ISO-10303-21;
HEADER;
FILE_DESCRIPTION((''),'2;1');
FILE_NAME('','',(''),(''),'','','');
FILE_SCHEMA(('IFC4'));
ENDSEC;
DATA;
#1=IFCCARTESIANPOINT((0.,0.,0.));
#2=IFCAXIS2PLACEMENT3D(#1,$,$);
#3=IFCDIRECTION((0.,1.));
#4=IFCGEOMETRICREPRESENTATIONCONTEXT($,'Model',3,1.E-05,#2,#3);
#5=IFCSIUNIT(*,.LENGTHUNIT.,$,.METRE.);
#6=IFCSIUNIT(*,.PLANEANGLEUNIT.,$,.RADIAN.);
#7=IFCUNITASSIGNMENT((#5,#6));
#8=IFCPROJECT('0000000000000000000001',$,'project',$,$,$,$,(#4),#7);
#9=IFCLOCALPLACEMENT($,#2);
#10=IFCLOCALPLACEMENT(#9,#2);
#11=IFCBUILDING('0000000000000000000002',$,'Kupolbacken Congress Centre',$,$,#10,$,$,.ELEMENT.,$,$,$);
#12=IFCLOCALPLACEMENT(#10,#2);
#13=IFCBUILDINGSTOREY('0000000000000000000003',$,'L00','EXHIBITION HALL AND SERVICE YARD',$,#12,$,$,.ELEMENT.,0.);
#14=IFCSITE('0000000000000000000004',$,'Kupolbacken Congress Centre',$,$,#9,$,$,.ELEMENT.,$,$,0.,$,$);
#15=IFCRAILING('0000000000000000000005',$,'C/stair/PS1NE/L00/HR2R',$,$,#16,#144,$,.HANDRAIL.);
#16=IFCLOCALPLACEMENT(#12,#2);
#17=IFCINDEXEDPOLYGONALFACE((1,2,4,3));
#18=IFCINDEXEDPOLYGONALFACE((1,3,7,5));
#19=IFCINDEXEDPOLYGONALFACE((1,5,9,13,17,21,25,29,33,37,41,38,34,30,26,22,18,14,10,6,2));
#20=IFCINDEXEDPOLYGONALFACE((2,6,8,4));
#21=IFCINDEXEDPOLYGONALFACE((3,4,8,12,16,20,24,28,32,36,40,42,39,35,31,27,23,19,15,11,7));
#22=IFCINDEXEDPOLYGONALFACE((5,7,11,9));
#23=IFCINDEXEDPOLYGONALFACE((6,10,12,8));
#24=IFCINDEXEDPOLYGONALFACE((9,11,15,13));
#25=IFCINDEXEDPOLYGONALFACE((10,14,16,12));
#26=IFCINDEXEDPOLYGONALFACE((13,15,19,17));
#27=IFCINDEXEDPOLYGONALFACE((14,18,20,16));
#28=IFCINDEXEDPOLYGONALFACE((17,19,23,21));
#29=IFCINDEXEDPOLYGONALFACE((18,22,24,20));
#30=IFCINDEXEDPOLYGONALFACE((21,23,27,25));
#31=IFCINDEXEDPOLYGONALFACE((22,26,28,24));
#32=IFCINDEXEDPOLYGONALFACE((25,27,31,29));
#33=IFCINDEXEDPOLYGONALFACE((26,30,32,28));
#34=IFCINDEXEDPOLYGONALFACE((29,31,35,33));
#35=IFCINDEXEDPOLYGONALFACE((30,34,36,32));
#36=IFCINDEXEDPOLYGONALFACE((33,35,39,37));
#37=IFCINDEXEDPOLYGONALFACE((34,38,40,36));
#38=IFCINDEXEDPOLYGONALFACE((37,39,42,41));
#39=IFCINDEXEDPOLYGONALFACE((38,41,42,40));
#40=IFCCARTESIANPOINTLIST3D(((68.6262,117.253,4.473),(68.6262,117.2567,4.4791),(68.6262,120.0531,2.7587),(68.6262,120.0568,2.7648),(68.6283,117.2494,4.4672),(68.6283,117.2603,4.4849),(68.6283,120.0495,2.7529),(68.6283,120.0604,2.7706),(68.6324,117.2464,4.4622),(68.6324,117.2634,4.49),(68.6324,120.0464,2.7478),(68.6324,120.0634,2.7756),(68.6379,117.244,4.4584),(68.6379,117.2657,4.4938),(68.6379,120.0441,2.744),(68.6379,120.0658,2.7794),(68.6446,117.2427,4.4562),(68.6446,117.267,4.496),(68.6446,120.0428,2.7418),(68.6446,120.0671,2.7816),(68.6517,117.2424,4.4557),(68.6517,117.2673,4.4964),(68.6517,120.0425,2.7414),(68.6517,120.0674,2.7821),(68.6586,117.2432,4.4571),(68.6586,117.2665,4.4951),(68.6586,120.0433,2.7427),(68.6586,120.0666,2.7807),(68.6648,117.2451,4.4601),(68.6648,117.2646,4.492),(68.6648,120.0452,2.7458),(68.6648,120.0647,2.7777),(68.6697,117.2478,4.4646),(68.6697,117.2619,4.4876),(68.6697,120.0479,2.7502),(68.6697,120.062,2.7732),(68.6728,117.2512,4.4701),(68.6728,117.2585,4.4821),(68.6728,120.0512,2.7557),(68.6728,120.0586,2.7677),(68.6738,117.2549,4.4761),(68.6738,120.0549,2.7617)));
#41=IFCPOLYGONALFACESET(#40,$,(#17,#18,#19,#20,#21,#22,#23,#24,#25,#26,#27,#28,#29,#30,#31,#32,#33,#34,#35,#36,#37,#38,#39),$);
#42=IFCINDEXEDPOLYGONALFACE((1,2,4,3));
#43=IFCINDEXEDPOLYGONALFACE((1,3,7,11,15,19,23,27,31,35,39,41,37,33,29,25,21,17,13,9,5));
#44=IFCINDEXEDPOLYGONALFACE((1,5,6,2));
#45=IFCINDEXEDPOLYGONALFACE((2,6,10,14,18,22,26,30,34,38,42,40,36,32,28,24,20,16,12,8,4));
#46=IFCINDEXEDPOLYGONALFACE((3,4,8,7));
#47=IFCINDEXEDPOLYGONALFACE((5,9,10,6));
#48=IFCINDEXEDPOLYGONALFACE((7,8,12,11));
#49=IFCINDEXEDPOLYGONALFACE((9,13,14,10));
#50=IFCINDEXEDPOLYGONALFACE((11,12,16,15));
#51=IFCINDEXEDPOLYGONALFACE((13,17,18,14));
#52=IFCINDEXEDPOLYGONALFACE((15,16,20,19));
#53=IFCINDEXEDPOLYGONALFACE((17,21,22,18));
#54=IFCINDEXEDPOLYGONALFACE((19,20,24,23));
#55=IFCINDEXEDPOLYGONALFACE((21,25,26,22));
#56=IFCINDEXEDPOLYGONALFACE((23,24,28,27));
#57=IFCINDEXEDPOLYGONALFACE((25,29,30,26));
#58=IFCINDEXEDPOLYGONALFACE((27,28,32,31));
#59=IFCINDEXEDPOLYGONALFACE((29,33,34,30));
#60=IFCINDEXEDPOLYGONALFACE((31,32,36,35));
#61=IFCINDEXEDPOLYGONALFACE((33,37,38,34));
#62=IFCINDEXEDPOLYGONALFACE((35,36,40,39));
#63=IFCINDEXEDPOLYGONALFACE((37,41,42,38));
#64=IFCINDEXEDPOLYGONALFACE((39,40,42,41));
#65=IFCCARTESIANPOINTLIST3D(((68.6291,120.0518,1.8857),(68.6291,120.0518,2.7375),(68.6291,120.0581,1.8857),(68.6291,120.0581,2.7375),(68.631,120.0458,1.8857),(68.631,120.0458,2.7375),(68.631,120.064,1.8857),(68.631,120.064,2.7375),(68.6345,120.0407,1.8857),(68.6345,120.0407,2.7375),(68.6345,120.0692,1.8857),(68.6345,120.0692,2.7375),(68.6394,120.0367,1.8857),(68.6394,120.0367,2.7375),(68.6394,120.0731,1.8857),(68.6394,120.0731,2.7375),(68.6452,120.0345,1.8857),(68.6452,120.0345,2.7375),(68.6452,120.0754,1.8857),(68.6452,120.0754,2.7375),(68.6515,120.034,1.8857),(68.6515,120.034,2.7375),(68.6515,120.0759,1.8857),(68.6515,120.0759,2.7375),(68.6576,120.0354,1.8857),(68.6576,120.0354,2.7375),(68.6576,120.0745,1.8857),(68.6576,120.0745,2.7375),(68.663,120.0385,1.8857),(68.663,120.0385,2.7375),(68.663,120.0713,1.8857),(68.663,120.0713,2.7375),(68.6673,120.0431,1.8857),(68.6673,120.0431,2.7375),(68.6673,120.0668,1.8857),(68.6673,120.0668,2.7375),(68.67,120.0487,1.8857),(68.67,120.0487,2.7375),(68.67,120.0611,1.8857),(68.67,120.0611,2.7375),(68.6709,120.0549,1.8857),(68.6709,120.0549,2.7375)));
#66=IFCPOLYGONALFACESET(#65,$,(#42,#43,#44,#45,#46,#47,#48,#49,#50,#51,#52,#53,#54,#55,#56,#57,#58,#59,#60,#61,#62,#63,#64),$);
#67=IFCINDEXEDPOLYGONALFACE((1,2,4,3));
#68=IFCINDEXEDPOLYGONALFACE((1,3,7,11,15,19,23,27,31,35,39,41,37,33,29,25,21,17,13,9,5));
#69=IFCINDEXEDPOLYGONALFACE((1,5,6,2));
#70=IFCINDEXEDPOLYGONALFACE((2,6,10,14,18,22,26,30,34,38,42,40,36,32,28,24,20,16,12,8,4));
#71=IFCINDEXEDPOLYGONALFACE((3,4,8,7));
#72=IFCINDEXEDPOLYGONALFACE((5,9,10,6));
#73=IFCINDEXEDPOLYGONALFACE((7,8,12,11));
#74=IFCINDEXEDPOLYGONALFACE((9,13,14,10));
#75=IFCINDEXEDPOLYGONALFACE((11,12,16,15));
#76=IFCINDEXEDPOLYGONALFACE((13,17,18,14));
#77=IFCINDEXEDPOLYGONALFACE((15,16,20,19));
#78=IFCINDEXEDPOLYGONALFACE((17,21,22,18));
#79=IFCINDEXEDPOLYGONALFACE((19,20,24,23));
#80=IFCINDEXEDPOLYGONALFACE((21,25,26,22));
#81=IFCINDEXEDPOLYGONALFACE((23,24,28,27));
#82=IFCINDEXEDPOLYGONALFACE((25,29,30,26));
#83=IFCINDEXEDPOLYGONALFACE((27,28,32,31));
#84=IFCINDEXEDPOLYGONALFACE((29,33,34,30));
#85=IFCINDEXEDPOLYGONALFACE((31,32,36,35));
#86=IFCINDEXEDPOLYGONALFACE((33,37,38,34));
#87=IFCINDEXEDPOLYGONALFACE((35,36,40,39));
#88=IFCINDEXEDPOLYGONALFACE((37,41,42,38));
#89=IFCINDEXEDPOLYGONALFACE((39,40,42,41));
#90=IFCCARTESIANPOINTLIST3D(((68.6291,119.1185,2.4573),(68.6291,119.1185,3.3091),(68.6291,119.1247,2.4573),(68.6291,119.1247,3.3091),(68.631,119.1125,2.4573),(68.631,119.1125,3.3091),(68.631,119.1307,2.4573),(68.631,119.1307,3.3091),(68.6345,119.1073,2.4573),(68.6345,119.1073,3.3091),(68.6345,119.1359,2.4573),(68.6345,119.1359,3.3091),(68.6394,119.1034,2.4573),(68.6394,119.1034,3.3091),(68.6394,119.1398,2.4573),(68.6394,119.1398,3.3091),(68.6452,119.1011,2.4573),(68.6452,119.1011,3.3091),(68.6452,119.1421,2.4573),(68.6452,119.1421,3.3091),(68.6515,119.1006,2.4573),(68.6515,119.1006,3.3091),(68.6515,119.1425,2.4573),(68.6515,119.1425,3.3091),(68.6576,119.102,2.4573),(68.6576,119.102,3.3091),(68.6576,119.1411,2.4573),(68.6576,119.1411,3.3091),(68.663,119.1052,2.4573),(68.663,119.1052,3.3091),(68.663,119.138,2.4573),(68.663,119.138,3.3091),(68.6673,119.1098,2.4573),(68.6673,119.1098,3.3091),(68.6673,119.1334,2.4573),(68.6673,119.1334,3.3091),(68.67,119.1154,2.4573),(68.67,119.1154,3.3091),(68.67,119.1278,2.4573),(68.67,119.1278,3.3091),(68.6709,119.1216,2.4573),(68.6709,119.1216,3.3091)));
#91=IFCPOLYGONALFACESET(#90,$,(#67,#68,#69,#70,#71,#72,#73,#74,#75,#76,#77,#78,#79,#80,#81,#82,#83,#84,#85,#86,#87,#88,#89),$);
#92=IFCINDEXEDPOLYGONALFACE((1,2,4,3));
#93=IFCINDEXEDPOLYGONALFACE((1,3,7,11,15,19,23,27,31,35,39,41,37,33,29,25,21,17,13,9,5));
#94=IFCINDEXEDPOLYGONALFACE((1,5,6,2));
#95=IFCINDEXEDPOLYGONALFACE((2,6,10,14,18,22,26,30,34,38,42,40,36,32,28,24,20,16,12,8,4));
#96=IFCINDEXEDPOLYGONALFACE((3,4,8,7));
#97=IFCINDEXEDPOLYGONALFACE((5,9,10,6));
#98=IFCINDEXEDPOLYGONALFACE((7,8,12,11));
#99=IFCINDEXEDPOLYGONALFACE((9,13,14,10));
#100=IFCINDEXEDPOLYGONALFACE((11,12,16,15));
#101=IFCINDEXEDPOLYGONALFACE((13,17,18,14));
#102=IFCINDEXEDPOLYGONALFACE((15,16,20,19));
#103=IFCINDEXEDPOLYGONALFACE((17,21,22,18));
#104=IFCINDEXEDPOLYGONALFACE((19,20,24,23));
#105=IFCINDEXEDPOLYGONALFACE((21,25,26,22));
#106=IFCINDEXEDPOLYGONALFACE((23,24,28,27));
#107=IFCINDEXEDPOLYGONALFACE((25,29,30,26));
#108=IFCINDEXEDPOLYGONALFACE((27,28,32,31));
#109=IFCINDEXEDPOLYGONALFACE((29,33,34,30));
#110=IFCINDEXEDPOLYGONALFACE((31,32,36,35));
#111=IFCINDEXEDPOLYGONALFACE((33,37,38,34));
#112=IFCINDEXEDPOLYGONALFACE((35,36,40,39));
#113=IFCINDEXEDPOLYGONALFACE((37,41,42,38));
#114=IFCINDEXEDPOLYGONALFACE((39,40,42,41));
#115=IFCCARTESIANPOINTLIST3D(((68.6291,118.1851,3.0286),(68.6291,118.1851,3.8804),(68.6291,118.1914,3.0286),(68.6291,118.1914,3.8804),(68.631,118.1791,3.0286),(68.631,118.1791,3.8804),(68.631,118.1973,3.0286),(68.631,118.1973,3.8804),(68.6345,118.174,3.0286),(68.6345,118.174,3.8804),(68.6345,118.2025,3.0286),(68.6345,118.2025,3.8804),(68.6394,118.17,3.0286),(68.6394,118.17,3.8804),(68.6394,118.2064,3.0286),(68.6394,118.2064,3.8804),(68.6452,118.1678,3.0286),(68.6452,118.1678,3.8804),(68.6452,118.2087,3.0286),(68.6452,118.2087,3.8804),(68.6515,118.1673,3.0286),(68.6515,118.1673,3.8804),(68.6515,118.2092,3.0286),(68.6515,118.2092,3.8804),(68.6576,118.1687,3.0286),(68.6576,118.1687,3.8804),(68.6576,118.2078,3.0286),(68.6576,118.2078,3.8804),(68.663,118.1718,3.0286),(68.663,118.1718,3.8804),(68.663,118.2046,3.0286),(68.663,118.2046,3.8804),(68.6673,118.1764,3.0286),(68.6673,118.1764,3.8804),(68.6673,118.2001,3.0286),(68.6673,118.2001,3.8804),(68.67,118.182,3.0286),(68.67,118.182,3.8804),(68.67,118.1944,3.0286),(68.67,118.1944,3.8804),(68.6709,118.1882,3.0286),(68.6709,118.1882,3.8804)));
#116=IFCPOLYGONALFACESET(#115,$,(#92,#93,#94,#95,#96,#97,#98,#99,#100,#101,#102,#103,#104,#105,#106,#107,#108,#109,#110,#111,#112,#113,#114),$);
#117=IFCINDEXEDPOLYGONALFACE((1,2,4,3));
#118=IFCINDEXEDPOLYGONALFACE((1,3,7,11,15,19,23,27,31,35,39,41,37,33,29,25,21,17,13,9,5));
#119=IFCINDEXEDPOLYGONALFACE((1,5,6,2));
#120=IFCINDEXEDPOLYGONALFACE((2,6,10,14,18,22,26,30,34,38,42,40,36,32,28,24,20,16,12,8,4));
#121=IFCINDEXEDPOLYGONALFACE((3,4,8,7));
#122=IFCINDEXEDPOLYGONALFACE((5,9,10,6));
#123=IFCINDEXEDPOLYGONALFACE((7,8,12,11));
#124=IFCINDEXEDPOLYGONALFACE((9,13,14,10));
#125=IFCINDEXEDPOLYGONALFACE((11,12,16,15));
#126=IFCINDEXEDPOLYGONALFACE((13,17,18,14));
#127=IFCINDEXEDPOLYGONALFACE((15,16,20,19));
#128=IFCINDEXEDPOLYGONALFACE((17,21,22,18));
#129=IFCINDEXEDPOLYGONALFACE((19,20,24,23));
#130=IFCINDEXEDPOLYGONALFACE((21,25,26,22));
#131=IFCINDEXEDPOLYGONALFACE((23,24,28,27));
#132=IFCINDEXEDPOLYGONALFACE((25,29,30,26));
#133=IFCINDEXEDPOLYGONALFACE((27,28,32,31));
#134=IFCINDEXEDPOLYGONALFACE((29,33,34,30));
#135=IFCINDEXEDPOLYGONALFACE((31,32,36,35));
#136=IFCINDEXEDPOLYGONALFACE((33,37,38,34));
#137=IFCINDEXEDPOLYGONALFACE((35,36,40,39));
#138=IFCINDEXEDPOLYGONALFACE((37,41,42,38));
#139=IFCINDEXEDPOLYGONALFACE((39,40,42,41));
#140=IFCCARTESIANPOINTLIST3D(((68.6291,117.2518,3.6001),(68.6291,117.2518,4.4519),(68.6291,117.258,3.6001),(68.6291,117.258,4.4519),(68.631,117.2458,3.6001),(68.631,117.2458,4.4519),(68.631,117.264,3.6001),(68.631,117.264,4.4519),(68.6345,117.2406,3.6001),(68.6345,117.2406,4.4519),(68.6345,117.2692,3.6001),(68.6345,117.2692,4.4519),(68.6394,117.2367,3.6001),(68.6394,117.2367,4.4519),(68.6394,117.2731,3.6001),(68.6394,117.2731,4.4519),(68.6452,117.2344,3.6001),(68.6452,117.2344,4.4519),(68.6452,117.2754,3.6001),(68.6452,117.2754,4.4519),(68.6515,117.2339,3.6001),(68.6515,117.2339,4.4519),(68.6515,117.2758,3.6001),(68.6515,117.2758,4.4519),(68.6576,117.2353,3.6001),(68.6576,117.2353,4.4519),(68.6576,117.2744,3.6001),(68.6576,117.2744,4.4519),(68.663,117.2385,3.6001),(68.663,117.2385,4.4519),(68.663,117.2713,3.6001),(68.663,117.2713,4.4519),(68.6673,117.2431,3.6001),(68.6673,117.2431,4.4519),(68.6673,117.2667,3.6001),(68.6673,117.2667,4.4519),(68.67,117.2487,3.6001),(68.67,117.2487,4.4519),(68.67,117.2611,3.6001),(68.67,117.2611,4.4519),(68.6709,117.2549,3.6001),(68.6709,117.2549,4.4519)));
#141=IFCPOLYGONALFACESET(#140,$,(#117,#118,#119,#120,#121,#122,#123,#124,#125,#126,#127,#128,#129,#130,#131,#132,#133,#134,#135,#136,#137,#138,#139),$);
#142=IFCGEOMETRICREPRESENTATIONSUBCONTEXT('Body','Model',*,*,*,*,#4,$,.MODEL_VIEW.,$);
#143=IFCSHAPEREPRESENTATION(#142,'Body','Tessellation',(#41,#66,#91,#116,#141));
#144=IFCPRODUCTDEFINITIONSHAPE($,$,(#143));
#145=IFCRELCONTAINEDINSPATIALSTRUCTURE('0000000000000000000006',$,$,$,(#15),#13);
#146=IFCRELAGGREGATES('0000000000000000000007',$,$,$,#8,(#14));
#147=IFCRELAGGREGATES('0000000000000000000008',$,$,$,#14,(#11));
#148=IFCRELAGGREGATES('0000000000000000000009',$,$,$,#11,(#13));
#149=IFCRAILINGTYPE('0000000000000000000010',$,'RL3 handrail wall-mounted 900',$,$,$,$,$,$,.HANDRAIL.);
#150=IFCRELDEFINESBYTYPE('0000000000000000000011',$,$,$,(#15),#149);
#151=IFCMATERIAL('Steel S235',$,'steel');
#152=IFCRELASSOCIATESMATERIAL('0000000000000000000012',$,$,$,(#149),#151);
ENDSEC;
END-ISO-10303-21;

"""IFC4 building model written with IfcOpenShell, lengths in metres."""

from ifc_helpers import new_model, si_unit, direction, frame, origin, origin_2d, place, context, subcontext, project, spatial, circle, extrude, material, type_object, element, save


model = new_model("IFC4")

# Units and contexts
model_context = context("Model", 3, precision=1e-05, world=origin(), true_north=direction((0.0, 1.0)))
body_context = subcontext(model_context, "Body", "Model", "MODEL_VIEW")
ifc_project = project(units=[si_unit("LENGTHUNIT", "METRE"), si_unit("PLANEANGLEUNIT", "RADIAN")], contexts=[model_context])

# Site, building, storey
site_placement = place(None, origin())
site = spatial("IfcSite", under=ifc_project, at=site_placement, Name="Kupolbacken Congress Centre", CompositionType="ELEMENT", RefElevation=0.0)
building_placement = place(site_placement, origin())
building = spatial("IfcBuilding", under=site, at=building_placement, Name="Kupolbacken Congress Centre", CompositionType="ELEMENT")
storey_placement = place(building_placement, origin())
storey = spatial("IfcBuildingStorey", under=building, at=storey_placement, Name="L00", Description="EXHIBITION HALL AND SERVICE YARD", CompositionType="ELEMENT", Elevation=0.0)

# Railing
ifc_material_1 = material(Name="Steel S235", Category="steel")
railing_type = type_object("IfcRailingType", Name="RL3 handrail wall-mounted 900", PredefinedType="HANDRAIL", material=ifc_material_1)
for number, where, name in (
    (1, (68.6499, 120.0549, 1.8857), "C/stair/PS1NE/L00/HR2R"),
):
    element("IfcRailing", number, at=place(storey_placement, frame(where)), inside=storey, type_object=railing_type, Name=name, PredefinedType="HANDRAIL", context=body_context, shape_type="SweptSolid", body=[
        extrude(circle(Radius=0.0239, at=origin_2d()), frame((0.0, 0.0, 0.876), z_axis=(0.0, -0.852846, 0.522163), x_axis=(1.0, 0.0, 0.0)), (0.0, 0.0, 1.0), 3.2832),
        extrude(circle(Radius=0.021, at=origin_2d()), origin(), (0.0, 0.0, 1.0), 0.8518),
        extrude(circle(Radius=0.021, at=origin_2d()), frame((0.0, -0.9333, 0.5715)), (0.0, 0.0, 1.0), 0.8518),
        extrude(circle(Radius=0.021, at=origin_2d()), frame((0.0, -1.8667, 1.1428)), (0.0, 0.0, 1.0), 0.8518),
        extrude(circle(Radius=0.021, at=origin_2d()), frame((0.0, -2.8, 1.7144)), (0.0, 0.0, 1.0), 0.8518),
    ])

save(model, "model.ifc")
